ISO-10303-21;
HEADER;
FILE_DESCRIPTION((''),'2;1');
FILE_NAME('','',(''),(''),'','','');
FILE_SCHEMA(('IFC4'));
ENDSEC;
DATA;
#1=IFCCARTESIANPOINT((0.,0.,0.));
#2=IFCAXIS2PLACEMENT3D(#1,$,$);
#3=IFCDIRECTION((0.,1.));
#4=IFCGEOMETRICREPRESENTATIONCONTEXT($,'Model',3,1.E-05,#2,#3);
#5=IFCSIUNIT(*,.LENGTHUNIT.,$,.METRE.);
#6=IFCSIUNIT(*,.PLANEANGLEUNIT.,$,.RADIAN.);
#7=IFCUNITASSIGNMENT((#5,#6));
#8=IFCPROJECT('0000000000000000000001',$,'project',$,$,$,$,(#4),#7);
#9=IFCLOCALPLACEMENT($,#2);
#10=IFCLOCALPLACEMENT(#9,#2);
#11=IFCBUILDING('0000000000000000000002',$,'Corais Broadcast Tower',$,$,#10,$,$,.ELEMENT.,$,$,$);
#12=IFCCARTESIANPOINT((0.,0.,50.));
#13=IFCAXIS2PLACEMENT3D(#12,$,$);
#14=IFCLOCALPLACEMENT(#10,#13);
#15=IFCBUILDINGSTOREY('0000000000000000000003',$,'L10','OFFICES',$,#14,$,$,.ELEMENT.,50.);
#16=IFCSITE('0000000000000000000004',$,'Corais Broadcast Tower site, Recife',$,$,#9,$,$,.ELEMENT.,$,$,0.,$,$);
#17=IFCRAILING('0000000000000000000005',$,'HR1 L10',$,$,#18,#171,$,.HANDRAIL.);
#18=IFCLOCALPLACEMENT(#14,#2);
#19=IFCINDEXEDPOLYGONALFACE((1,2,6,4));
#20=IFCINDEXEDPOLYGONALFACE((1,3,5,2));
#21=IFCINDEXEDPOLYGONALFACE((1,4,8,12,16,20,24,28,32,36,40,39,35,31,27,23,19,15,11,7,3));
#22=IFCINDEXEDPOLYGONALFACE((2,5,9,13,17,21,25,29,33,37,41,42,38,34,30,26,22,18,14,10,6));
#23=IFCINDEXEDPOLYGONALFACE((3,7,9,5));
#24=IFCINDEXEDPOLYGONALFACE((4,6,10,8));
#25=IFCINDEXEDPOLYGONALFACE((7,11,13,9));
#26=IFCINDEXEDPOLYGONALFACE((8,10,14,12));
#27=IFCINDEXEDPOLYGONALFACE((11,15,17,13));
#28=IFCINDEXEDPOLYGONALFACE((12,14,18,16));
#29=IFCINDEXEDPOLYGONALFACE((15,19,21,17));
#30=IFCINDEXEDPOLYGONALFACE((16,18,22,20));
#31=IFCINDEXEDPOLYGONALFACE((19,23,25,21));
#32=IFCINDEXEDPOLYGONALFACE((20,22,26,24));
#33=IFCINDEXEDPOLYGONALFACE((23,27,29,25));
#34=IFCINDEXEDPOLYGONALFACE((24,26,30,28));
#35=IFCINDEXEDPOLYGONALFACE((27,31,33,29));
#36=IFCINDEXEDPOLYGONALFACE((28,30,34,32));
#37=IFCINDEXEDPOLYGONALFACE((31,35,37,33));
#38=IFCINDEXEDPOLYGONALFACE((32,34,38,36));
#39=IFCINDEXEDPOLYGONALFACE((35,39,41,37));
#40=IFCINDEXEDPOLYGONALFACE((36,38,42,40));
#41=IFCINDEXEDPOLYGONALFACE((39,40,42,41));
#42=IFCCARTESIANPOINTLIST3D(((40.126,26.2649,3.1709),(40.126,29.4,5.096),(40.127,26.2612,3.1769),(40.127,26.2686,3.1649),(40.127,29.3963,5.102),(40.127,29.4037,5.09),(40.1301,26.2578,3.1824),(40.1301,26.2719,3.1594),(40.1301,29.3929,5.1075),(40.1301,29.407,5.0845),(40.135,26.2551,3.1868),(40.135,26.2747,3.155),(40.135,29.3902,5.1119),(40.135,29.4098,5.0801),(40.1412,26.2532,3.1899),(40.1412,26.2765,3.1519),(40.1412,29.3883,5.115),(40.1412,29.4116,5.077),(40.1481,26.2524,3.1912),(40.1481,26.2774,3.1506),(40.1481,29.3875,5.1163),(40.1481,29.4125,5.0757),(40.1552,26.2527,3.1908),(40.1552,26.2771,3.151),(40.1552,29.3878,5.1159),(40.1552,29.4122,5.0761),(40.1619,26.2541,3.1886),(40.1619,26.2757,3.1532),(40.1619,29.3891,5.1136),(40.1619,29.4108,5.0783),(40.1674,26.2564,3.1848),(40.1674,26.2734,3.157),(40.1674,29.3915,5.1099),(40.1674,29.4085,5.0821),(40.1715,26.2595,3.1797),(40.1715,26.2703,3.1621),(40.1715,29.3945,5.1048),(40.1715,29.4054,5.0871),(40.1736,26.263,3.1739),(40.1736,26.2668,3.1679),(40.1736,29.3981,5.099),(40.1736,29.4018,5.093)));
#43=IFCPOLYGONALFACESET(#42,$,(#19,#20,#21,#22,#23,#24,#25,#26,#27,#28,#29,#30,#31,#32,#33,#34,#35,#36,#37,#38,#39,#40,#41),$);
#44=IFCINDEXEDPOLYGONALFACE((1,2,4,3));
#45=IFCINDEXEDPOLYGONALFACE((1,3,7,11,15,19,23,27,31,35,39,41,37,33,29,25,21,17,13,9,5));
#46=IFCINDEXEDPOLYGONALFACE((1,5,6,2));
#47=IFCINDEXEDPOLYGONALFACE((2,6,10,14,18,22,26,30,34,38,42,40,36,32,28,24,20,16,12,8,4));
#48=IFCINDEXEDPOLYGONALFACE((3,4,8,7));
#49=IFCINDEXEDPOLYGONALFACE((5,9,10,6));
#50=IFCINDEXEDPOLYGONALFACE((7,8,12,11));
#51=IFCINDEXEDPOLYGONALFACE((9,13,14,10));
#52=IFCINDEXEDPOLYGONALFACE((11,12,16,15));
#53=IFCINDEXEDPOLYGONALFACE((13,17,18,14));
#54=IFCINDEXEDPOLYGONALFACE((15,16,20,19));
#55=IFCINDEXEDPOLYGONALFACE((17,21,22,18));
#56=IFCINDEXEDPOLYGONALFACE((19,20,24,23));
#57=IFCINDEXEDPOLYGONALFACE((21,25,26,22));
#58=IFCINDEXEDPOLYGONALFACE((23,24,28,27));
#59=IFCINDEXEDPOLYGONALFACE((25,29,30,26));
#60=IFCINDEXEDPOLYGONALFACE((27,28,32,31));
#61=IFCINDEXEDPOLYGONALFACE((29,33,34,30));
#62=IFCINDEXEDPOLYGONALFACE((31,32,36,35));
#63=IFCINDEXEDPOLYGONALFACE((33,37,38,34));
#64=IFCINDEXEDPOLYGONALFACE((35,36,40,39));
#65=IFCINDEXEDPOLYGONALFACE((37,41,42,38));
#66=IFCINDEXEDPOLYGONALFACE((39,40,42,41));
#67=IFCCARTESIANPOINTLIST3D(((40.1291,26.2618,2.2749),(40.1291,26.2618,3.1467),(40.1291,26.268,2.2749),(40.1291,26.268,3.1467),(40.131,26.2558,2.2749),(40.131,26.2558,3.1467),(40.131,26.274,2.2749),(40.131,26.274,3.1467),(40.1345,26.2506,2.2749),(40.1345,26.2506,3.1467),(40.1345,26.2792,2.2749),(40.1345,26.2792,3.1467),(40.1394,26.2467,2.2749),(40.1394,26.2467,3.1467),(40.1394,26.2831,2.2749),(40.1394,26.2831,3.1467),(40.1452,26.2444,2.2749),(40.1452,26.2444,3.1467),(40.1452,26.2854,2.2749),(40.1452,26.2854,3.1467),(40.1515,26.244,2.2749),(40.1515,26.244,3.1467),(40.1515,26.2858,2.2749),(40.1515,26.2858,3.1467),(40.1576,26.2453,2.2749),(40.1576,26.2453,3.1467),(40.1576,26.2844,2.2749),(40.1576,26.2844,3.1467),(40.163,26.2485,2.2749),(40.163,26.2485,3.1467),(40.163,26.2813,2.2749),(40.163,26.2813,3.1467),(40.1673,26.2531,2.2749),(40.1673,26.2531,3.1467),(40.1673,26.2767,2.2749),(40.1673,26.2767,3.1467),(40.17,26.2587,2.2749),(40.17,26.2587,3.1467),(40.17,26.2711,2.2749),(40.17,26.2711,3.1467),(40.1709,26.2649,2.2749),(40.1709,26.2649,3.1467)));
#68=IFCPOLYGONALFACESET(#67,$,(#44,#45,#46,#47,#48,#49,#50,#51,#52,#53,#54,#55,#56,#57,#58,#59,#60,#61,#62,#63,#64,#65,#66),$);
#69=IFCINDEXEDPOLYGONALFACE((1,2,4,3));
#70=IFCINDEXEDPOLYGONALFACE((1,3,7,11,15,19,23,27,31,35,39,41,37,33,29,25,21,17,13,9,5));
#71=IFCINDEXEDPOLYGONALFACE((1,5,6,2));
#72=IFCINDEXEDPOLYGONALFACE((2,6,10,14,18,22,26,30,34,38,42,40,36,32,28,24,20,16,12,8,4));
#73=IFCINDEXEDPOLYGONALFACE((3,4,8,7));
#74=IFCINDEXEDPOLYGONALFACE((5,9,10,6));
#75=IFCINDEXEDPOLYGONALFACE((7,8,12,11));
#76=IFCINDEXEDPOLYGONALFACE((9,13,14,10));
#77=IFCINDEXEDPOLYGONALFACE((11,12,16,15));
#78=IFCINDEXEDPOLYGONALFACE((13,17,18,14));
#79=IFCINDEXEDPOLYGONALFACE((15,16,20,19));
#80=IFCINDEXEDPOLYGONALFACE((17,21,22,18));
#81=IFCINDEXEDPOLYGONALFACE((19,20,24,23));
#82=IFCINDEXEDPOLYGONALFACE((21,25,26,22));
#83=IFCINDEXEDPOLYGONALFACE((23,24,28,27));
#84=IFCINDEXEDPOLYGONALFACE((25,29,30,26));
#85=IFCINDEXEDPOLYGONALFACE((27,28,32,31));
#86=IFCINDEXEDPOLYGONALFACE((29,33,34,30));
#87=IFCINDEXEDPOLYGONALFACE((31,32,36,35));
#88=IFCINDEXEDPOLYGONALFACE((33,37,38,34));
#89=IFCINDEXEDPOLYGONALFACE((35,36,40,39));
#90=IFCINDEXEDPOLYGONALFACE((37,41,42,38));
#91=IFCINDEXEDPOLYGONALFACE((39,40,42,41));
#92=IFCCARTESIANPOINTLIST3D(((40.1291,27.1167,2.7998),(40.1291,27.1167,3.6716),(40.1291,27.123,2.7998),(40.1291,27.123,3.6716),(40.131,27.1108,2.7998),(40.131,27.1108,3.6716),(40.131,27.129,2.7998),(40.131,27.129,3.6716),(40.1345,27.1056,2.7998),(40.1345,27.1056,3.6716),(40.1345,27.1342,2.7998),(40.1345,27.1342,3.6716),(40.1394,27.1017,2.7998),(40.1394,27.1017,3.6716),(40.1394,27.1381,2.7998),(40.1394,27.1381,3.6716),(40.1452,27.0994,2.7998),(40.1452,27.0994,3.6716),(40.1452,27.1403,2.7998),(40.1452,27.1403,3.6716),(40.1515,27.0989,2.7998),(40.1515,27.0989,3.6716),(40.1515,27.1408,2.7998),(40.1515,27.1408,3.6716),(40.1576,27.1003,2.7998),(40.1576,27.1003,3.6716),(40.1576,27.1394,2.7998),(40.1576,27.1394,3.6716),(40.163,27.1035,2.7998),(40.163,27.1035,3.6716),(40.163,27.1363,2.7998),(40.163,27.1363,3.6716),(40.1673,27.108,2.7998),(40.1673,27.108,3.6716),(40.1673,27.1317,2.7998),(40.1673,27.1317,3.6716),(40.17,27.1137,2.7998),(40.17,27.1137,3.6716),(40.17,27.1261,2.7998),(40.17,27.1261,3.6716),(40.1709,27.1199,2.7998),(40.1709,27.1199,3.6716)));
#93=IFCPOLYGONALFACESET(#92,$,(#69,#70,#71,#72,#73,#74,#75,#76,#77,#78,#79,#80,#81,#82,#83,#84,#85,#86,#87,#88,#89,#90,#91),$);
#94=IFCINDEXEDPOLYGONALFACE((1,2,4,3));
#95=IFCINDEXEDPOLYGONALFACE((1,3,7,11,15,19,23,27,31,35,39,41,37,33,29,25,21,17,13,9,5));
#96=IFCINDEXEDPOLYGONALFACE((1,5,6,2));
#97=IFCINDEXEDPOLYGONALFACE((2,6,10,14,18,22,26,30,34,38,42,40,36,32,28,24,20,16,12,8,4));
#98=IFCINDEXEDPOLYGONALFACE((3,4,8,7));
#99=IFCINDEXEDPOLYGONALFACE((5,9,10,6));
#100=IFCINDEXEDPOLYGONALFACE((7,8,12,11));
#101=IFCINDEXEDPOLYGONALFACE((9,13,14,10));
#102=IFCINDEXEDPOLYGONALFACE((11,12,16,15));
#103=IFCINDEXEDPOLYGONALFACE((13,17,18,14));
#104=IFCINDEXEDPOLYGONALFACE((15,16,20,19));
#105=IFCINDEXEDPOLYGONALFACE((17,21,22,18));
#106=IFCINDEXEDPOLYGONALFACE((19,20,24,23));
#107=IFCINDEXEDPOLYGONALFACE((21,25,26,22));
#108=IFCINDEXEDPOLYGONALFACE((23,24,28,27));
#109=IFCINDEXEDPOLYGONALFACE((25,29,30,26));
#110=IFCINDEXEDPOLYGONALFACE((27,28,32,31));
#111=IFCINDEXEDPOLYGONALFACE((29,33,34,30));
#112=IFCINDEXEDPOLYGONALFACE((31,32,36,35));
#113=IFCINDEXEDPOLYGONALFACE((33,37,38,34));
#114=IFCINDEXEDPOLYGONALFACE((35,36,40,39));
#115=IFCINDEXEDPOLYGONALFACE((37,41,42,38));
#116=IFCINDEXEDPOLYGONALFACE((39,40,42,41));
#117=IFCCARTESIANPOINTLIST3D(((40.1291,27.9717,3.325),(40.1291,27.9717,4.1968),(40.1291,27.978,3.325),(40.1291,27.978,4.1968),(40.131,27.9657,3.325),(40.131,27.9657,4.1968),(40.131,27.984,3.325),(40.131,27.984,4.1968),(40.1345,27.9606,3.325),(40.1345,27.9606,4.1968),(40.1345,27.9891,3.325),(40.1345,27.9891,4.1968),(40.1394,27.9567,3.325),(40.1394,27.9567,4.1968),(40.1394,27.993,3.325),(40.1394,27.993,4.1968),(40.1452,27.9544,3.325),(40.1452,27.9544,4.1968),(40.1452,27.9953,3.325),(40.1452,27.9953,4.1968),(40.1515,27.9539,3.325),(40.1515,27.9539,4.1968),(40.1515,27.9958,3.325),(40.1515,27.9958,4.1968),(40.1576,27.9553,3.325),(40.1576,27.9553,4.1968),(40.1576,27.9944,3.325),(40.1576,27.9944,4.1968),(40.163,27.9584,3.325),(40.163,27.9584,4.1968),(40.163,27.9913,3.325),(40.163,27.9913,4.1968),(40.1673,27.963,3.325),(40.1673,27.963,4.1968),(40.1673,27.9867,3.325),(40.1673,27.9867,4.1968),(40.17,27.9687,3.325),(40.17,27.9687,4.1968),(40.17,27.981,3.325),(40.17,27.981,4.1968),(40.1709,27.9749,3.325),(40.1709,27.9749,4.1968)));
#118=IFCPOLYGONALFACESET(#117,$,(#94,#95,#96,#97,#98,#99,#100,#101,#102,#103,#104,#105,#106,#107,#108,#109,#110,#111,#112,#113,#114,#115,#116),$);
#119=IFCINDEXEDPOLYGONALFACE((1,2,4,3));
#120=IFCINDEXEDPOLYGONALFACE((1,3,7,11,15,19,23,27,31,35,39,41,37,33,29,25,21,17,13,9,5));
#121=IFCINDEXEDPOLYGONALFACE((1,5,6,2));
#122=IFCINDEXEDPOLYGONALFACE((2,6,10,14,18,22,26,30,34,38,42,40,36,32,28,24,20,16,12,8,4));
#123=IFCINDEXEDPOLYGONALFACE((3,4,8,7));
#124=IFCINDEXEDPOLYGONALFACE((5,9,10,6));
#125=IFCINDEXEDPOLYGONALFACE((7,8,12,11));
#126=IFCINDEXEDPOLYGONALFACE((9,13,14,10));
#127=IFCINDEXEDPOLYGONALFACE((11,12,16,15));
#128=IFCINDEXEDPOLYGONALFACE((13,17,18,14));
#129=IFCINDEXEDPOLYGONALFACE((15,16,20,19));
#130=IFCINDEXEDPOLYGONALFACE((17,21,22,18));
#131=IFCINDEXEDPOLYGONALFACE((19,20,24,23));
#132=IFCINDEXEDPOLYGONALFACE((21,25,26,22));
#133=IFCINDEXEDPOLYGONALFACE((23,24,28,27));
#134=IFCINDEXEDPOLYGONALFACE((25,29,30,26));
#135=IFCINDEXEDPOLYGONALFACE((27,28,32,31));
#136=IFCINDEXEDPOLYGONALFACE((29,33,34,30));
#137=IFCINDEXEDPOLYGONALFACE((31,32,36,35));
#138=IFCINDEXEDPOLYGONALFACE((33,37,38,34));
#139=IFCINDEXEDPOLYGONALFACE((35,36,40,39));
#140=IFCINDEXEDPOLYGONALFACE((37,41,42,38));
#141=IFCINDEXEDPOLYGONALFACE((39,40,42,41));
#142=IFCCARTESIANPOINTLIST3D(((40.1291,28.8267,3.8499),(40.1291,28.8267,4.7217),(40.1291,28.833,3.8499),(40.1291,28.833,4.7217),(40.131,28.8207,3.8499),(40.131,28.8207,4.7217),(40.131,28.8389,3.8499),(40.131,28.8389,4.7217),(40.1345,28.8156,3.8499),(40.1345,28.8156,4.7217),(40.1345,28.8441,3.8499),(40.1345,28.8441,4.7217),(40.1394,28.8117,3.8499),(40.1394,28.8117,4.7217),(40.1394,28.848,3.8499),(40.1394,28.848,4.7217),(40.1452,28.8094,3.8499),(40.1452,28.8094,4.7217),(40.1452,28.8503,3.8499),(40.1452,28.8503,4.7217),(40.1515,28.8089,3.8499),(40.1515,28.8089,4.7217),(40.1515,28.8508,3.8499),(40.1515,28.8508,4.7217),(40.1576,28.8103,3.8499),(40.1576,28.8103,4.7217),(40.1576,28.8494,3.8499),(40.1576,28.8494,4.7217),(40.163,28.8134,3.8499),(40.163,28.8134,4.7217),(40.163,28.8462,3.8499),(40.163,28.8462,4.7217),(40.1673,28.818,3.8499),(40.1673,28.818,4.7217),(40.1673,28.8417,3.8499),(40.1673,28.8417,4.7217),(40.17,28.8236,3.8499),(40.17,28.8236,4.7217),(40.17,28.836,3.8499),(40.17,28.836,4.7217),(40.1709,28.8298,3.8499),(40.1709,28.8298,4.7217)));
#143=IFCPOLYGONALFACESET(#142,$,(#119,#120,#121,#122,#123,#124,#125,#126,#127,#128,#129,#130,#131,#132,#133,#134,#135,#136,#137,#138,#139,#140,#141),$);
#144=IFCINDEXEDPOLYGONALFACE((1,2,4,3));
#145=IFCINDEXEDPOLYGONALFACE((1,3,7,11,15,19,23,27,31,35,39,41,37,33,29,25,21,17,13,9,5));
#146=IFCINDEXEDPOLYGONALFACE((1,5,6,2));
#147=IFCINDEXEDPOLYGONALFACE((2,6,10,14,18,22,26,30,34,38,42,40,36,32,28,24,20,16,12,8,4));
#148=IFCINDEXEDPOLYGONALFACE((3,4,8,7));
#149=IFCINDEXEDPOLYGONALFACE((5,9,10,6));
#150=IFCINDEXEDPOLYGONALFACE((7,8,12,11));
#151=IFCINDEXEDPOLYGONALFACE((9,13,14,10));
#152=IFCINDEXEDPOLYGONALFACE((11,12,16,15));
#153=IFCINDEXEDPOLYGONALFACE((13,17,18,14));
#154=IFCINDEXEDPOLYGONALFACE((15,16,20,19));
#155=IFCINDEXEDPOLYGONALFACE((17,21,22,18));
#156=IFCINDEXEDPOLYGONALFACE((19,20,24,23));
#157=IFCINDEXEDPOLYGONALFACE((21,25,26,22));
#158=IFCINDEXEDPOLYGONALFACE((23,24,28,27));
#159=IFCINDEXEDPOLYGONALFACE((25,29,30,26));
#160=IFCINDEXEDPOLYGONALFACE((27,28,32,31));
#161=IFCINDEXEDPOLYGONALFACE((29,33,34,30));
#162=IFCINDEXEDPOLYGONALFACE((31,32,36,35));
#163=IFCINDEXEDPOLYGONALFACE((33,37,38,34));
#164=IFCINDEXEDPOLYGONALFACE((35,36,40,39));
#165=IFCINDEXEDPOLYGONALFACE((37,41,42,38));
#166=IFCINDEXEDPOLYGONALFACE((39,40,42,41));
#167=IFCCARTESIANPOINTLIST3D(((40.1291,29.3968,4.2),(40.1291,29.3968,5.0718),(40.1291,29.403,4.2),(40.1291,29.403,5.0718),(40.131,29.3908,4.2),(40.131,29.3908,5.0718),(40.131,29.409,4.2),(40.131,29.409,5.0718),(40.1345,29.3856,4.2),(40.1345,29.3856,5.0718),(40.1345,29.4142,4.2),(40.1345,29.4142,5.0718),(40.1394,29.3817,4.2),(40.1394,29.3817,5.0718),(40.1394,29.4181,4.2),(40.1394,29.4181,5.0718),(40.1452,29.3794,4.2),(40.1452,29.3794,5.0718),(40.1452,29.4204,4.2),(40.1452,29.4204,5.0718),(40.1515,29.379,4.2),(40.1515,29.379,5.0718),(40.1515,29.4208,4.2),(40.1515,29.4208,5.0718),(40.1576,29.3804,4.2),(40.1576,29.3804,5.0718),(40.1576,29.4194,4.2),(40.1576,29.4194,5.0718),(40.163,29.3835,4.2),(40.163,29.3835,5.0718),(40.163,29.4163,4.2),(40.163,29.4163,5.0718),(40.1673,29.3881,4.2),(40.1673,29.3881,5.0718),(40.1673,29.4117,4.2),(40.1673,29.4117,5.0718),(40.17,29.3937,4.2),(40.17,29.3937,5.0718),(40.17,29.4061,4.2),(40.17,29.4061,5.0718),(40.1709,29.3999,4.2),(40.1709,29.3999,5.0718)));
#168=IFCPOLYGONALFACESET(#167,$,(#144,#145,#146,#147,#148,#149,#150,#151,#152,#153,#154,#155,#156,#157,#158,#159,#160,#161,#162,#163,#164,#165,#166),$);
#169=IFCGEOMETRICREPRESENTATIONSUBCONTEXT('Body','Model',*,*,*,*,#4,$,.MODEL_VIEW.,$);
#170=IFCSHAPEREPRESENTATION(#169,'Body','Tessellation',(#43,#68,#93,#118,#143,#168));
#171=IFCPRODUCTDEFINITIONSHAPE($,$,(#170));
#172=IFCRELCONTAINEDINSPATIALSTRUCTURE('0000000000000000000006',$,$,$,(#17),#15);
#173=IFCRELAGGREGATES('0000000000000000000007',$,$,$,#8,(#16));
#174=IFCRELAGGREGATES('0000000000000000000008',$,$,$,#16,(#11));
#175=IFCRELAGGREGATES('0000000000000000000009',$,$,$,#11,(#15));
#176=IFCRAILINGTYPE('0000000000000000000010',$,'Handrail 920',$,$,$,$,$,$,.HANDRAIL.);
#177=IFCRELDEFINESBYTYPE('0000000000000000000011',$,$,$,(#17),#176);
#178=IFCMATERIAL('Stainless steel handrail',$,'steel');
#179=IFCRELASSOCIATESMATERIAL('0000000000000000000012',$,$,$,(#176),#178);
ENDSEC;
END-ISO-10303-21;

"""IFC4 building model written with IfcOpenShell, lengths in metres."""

from ifc_helpers import new_model, si_unit, direction, frame, origin, origin_2d, place, context, subcontext, project, spatial, circle, extrude, material, type_object, element, save


model = new_model("IFC4")

# Units and contexts
model_context = context("Model", 3, precision=1e-05, world=origin(), true_north=direction((0.0, 1.0)))
body_context = subcontext(model_context, "Body", "Model", "MODEL_VIEW")
ifc_project = project(units=[si_unit("LENGTHUNIT", "METRE"), si_unit("PLANEANGLEUNIT", "RADIAN")], contexts=[model_context])

# Site, building, storey
site_placement = place(None, origin())
site = spatial("IfcSite", under=ifc_project, at=site_placement, Name="Corais Broadcast Tower site, Recife", CompositionType="ELEMENT", RefElevation=0.0)
building_placement = place(site_placement, origin())
building = spatial("IfcBuilding", under=site, at=building_placement, Name="Corais Broadcast Tower", CompositionType="ELEMENT")
storey_placement = place(building_placement, frame((0.0, 0.0, 50.0)))
storey = spatial("IfcBuildingStorey", under=building, at=storey_placement, Name="L10", Description="OFFICES", CompositionType="ELEMENT", Elevation=50.0)

# Railing
ifc_material_1 = material(Name="Stainless steel handrail", Category="steel")
railing_type = type_object("IfcRailingType", Name="Handrail 920", PredefinedType="HANDRAIL", material=ifc_material_1)
for number, where, name in (
    (1, (40.1499, 26.2649, 2.2749), "HR1 L10"),
):
    element("IfcRailing", number, at=place(storey_placement, frame(where)), inside=storey, type_object=railing_type, Name=name, PredefinedType="HANDRAIL", context=body_context, shape_type="SweptSolid", body=[
        extrude(circle(Radius=0.0239, at=origin_2d()), frame((0.0, 0.0, 0.896), z_axis=(0.0, 0.852166, 0.523271), x_axis=(-1.0, 0.0, 0.0)), (0.0, 0.0, 1.0), 3.679),
        extrude(circle(Radius=0.021, at=origin_2d()), origin(), (0.0, 0.0, 1.0), 0.8718),
        extrude(circle(Radius=0.021, at=origin_2d()), frame((0.0, 0.855, 0.5249)), (0.0, 0.0, 1.0), 0.8718),
        extrude(circle(Radius=0.021, at=origin_2d()), frame((0.0, 1.71, 1.05)), (0.0, 0.0, 1.0), 0.8718),
        extrude(circle(Radius=0.021, at=origin_2d()), frame((0.0, 2.5649, 1.575)), (0.0, 0.0, 1.0), 0.8718),
        extrude(circle(Radius=0.021, at=origin_2d()), frame((0.0, 3.135, 1.925)), (0.0, 0.0, 1.0), 0.8718),
    ])

save(model, "model.ifc")
